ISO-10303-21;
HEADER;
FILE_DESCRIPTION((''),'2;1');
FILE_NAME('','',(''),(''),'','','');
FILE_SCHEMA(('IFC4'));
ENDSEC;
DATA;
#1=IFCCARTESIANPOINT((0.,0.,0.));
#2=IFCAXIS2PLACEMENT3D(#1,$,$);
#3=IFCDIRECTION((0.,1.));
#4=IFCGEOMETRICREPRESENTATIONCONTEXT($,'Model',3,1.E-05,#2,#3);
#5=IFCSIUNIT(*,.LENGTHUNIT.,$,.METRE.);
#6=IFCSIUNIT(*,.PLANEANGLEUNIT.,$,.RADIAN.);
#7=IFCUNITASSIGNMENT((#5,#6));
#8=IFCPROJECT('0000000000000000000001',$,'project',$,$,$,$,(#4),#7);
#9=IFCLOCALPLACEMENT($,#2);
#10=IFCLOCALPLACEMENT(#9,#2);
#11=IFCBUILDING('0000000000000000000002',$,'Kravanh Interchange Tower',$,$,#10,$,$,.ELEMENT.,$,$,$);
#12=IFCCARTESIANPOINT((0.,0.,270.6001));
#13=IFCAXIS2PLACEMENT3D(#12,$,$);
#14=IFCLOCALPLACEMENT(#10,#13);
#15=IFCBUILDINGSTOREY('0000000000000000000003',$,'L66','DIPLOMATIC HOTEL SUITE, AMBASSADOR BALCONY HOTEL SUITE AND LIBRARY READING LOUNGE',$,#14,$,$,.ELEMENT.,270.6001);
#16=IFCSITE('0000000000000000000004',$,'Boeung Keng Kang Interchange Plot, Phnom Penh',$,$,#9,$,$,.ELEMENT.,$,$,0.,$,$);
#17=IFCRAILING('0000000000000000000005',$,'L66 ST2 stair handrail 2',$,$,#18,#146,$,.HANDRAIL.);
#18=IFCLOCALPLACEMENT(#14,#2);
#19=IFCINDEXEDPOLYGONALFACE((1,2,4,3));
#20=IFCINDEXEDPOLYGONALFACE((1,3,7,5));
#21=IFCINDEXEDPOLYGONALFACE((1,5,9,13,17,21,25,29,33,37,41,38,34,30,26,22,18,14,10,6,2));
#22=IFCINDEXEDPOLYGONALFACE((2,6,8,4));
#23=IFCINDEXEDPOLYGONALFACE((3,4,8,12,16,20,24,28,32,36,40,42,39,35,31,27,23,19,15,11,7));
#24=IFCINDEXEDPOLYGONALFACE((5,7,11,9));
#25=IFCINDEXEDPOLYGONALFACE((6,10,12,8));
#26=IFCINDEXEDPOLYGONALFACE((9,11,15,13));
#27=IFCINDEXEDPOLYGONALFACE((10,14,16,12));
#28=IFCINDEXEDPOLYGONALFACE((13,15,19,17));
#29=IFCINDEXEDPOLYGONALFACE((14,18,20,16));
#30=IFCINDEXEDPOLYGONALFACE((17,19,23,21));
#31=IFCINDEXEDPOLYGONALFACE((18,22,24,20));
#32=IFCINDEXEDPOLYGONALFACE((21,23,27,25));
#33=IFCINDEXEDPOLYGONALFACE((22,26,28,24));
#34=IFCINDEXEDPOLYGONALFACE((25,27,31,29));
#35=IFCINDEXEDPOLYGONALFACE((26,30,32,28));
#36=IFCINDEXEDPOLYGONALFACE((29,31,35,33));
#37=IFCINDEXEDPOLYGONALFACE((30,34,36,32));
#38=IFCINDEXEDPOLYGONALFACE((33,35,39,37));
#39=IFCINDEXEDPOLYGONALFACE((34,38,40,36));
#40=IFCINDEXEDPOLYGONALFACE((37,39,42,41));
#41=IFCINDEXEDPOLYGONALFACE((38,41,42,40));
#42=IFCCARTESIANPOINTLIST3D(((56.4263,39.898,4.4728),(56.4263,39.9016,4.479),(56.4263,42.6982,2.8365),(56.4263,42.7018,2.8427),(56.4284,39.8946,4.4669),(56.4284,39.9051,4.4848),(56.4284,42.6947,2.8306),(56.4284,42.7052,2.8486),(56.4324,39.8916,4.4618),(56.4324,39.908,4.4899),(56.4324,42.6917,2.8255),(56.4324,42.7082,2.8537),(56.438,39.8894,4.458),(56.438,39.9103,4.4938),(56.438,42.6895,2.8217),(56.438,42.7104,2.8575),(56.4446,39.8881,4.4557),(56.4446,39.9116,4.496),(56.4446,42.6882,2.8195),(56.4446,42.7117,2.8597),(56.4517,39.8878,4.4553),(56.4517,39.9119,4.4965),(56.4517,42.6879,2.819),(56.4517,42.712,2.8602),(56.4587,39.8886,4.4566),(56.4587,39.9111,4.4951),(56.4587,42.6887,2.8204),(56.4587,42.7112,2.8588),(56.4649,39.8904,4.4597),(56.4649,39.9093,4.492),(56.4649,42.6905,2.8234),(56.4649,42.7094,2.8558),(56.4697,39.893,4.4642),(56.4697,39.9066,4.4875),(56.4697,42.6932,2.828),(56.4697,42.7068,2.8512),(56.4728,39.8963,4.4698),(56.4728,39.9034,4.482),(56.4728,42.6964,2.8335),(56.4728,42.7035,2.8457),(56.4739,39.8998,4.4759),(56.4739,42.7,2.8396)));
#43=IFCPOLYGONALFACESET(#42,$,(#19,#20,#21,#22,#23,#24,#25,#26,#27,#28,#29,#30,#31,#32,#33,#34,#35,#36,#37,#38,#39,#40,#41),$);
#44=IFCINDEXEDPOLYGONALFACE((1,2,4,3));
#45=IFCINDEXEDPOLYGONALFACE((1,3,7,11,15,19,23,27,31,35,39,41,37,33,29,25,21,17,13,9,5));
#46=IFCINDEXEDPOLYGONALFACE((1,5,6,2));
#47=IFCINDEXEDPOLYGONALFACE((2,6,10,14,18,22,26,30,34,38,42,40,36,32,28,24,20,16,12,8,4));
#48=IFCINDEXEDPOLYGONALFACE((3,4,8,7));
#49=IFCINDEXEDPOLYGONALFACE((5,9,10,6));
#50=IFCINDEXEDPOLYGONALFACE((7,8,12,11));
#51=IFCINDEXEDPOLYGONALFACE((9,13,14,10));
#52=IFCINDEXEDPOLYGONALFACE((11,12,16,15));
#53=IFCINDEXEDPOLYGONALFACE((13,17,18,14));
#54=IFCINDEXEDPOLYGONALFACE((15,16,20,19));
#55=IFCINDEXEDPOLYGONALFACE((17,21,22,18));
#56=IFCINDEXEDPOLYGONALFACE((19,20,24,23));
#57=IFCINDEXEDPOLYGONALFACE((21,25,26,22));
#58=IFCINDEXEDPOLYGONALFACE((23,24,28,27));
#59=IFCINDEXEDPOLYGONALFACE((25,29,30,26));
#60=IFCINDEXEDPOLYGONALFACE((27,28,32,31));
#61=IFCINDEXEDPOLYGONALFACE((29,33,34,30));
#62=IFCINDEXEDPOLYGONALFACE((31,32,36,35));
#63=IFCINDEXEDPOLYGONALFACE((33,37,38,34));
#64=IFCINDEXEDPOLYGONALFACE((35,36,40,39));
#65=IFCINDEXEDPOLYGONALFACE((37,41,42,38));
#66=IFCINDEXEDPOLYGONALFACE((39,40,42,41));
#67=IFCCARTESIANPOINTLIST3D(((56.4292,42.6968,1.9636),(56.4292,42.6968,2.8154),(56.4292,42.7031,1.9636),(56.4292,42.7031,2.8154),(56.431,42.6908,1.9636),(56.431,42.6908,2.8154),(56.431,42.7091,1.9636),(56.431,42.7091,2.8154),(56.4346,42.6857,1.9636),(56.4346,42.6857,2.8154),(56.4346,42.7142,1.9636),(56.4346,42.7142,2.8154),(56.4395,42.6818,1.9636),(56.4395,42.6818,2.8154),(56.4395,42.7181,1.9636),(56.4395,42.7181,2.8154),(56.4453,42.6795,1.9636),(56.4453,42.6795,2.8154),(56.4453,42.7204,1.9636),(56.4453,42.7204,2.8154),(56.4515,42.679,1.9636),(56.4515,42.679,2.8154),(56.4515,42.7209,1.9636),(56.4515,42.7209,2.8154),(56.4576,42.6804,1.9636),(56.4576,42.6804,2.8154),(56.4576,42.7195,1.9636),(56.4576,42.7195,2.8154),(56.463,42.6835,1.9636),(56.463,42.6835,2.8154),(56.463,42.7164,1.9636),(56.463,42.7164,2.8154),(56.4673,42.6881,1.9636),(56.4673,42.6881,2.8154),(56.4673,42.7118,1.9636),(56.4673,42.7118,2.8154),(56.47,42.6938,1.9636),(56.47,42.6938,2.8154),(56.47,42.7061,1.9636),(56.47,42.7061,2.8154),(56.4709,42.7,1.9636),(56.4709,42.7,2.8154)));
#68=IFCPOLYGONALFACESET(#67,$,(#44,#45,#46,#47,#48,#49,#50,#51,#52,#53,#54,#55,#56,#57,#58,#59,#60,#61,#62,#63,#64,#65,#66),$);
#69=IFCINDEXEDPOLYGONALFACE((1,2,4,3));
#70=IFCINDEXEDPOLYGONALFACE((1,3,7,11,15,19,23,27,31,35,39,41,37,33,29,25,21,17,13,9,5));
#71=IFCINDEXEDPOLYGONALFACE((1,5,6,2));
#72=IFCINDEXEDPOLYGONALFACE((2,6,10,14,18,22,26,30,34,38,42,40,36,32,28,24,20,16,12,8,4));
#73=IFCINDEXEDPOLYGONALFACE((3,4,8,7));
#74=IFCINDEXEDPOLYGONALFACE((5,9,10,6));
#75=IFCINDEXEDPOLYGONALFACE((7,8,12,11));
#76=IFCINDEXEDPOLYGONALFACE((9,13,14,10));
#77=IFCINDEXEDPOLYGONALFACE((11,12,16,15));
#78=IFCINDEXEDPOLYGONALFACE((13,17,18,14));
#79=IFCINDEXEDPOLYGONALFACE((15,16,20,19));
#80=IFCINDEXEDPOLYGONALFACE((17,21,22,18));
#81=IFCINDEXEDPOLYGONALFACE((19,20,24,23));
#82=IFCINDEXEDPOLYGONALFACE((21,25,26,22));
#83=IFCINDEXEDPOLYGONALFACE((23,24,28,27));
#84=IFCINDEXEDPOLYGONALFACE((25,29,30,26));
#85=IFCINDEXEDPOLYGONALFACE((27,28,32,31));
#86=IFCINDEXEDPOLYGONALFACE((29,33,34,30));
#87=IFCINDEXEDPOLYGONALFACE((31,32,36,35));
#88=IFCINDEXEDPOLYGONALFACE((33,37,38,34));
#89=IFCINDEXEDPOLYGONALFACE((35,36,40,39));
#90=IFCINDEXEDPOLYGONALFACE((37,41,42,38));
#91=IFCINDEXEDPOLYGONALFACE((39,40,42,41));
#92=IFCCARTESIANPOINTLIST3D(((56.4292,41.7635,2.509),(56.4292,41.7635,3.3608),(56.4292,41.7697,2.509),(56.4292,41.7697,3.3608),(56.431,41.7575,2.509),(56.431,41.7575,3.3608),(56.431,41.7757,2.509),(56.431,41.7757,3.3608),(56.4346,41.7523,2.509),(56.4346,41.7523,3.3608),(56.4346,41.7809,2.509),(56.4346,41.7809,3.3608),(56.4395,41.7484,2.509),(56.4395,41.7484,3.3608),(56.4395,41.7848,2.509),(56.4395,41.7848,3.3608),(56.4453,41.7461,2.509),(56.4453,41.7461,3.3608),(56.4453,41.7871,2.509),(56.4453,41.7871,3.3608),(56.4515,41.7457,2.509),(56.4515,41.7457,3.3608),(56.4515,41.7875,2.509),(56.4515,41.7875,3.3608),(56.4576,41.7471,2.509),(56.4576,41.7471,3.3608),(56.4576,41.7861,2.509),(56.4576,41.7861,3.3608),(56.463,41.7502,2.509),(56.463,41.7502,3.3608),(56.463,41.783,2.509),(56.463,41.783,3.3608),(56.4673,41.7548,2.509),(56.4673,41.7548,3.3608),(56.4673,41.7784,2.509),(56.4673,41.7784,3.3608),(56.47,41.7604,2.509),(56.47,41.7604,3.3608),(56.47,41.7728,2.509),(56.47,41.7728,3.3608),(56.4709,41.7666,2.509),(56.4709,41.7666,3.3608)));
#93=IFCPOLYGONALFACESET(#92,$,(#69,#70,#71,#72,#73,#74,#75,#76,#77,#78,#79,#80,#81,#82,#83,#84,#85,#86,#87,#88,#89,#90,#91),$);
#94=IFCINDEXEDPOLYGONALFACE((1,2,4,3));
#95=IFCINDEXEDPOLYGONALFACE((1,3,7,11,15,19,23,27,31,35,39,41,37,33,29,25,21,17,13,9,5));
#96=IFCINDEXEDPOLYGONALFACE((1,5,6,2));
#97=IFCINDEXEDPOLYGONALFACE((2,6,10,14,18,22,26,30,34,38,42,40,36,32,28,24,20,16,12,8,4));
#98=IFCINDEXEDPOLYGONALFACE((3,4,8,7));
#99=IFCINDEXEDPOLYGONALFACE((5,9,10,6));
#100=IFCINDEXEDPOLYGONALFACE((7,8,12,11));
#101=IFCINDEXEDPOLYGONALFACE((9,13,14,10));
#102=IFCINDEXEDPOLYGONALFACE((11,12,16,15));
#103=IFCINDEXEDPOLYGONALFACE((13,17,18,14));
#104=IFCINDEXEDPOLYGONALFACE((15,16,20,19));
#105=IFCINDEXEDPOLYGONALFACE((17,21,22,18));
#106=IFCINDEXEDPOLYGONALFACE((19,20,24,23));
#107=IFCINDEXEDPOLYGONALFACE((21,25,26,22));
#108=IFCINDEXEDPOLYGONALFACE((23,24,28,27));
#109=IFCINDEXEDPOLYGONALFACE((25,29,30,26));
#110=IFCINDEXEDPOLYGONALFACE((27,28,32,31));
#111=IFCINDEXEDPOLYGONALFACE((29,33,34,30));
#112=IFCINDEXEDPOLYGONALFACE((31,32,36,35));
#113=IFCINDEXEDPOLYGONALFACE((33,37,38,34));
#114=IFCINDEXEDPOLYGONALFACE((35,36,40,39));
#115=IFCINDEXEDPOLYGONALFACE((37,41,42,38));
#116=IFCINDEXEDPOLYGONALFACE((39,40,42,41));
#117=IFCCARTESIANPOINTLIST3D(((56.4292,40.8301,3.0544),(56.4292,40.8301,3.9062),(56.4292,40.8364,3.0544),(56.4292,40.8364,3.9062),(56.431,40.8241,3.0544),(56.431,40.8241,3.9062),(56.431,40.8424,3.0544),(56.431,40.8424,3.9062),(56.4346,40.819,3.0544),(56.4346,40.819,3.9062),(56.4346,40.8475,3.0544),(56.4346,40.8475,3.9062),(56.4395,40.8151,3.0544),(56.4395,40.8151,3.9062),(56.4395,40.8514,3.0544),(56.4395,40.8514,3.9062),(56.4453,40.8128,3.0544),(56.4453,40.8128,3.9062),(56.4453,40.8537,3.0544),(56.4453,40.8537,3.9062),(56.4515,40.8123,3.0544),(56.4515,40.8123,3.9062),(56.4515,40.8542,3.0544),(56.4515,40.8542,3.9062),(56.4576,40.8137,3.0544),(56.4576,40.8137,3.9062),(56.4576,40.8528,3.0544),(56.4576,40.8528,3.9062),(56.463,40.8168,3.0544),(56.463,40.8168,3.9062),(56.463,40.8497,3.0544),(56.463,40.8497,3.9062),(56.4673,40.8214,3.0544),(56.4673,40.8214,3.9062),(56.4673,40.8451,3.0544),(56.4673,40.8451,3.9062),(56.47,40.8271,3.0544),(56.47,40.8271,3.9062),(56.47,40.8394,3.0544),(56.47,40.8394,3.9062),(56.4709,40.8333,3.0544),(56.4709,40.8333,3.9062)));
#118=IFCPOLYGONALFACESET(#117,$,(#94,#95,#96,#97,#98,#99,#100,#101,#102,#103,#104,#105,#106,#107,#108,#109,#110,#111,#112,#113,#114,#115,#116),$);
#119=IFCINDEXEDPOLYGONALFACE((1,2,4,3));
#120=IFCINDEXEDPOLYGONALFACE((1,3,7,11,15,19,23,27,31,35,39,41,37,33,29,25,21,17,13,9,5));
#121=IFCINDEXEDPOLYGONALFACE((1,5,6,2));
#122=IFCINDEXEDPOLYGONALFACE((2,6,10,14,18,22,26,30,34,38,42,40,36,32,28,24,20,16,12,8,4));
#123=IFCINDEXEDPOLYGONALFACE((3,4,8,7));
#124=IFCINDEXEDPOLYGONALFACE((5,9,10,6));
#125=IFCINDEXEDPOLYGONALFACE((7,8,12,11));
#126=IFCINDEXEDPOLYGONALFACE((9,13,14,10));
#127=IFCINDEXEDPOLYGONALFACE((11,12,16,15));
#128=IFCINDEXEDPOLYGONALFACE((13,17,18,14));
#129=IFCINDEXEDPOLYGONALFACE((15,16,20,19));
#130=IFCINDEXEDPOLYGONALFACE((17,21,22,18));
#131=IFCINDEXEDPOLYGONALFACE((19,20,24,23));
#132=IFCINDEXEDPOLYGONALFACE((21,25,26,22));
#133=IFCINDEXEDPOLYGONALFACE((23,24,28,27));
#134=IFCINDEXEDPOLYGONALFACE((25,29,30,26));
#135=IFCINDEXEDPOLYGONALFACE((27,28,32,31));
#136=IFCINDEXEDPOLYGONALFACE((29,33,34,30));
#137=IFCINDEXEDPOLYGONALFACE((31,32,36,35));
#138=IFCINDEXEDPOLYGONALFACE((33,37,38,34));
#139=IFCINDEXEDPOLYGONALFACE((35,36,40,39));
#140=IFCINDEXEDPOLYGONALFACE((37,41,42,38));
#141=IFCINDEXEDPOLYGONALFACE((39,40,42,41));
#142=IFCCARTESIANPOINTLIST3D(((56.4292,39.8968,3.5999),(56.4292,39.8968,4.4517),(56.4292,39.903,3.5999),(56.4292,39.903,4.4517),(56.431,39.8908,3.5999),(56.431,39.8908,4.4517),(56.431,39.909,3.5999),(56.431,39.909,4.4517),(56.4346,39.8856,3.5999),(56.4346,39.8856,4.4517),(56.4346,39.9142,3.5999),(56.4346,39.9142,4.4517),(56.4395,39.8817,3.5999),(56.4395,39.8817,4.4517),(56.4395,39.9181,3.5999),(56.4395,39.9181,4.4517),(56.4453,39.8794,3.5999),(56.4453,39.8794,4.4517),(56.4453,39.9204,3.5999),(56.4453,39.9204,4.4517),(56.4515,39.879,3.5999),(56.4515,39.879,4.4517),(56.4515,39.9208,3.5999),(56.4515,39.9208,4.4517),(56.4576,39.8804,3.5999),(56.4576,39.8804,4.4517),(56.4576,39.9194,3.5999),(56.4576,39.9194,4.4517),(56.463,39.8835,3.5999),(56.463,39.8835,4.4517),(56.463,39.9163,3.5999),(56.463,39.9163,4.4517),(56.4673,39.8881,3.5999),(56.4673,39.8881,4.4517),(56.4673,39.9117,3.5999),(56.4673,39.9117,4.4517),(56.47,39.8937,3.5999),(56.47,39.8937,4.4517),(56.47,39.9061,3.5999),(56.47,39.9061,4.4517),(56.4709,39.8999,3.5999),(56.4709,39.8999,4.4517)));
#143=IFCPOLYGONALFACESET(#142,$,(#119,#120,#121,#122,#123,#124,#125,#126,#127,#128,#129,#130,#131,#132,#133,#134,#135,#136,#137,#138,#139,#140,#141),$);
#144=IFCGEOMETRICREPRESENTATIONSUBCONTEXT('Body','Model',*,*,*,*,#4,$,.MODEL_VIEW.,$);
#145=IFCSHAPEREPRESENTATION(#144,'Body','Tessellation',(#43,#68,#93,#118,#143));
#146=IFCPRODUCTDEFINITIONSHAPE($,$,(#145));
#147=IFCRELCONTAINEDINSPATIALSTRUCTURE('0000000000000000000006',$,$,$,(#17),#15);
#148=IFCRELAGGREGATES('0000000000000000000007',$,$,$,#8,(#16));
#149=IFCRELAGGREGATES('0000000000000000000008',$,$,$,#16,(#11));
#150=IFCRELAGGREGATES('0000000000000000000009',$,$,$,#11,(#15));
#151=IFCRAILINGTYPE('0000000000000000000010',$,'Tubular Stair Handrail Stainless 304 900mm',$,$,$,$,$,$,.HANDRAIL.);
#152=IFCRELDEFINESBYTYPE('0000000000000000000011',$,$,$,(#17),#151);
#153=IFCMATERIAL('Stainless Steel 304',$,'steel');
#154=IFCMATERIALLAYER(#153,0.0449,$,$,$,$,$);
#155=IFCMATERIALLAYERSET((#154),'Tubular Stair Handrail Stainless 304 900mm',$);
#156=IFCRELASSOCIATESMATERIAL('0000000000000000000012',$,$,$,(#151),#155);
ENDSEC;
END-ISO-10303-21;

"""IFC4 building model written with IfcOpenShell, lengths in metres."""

from ifc_helpers import new_model, si_unit, direction, frame, origin, origin_2d, place, context, subcontext, project, spatial, circle, extrude, material, layer, layer_set, type_object, element, save


model = new_model("IFC4")

# Units and contexts
model_context = context("Model", 3, precision=1e-05, world=origin(), true_north=direction((0.0, 1.0)))
body_context = subcontext(model_context, "Body", "Model", "MODEL_VIEW")
ifc_project = project(units=[si_unit("LENGTHUNIT", "METRE"), si_unit("PLANEANGLEUNIT", "RADIAN")], contexts=[model_context])

# Site, building, storey
site_placement = place(None, origin())
site = spatial("IfcSite", under=ifc_project, at=site_placement, Name="Boeung Keng Kang Interchange Plot, Phnom Penh", CompositionType="ELEMENT", RefElevation=0.0)
building_placement = place(site_placement, origin())
building = spatial("IfcBuilding", under=site, at=building_placement, Name="Kravanh Interchange Tower", CompositionType="ELEMENT")
storey_placement = place(building_placement, frame((0.0, 0.0, 270.6001)))
storey = spatial("IfcBuildingStorey", under=building, at=storey_placement, Name="L66", Description="DIPLOMATIC HOTEL SUITE, AMBASSADOR BALCONY HOTEL SUITE AND LIBRARY READING LOUNGE", CompositionType="ELEMENT", Elevation=270.6001)

# Railing
ifc_material_1 = material(Name="Stainless Steel 304", Category="steel")
ifc_layer_1 = layer(ifc_material_1, 0.0449)
ifc_layer_set_1 = layer_set([ifc_layer_1], Name="Tubular Stair Handrail Stainless 304 900mm")
railing_type_1 = type_object("IfcRailingType", Name="Tubular Stair Handrail Stainless 304 900mm", PredefinedType="HANDRAIL", material=ifc_layer_set_1)
railing_1_placement = place(storey_placement, frame((56.45, 42.7, 1.9636)))
element("IfcRailing", 1, at=railing_1_placement, inside=storey, type_object=railing_type_1, Name="L66 ST2 stair handrail 2", PredefinedType="HANDRAIL", context=body_context, shape_type="SweptSolid", body=[
    extrude(circle(Radius=0.0239, at=origin_2d()), frame((0.0, 0.0, 0.876), z_axis=(0.0, -0.863394, 0.504531), x_axis=(1.0, 0.0, 0.0)), (0.0, 0.0, 1.0), 3.2432),
    extrude(circle(Radius=0.021, at=origin_2d()), origin(), (0.0, 0.0, 1.0), 0.8518),
    extrude(circle(Radius=0.021, at=origin_2d()), frame((0.0, -0.9333, 0.5454)), (0.0, 0.0, 1.0), 0.8518),
    extrude(circle(Radius=0.021, at=origin_2d()), frame((0.0, -1.8667, 1.0908)), (0.0, 0.0, 1.0), 0.8518),
    extrude(circle(Radius=0.021, at=origin_2d()), frame((0.0, -2.8, 1.6362)), (0.0, 0.0, 1.0), 0.8518),
])

save(model, "model.ifc")
